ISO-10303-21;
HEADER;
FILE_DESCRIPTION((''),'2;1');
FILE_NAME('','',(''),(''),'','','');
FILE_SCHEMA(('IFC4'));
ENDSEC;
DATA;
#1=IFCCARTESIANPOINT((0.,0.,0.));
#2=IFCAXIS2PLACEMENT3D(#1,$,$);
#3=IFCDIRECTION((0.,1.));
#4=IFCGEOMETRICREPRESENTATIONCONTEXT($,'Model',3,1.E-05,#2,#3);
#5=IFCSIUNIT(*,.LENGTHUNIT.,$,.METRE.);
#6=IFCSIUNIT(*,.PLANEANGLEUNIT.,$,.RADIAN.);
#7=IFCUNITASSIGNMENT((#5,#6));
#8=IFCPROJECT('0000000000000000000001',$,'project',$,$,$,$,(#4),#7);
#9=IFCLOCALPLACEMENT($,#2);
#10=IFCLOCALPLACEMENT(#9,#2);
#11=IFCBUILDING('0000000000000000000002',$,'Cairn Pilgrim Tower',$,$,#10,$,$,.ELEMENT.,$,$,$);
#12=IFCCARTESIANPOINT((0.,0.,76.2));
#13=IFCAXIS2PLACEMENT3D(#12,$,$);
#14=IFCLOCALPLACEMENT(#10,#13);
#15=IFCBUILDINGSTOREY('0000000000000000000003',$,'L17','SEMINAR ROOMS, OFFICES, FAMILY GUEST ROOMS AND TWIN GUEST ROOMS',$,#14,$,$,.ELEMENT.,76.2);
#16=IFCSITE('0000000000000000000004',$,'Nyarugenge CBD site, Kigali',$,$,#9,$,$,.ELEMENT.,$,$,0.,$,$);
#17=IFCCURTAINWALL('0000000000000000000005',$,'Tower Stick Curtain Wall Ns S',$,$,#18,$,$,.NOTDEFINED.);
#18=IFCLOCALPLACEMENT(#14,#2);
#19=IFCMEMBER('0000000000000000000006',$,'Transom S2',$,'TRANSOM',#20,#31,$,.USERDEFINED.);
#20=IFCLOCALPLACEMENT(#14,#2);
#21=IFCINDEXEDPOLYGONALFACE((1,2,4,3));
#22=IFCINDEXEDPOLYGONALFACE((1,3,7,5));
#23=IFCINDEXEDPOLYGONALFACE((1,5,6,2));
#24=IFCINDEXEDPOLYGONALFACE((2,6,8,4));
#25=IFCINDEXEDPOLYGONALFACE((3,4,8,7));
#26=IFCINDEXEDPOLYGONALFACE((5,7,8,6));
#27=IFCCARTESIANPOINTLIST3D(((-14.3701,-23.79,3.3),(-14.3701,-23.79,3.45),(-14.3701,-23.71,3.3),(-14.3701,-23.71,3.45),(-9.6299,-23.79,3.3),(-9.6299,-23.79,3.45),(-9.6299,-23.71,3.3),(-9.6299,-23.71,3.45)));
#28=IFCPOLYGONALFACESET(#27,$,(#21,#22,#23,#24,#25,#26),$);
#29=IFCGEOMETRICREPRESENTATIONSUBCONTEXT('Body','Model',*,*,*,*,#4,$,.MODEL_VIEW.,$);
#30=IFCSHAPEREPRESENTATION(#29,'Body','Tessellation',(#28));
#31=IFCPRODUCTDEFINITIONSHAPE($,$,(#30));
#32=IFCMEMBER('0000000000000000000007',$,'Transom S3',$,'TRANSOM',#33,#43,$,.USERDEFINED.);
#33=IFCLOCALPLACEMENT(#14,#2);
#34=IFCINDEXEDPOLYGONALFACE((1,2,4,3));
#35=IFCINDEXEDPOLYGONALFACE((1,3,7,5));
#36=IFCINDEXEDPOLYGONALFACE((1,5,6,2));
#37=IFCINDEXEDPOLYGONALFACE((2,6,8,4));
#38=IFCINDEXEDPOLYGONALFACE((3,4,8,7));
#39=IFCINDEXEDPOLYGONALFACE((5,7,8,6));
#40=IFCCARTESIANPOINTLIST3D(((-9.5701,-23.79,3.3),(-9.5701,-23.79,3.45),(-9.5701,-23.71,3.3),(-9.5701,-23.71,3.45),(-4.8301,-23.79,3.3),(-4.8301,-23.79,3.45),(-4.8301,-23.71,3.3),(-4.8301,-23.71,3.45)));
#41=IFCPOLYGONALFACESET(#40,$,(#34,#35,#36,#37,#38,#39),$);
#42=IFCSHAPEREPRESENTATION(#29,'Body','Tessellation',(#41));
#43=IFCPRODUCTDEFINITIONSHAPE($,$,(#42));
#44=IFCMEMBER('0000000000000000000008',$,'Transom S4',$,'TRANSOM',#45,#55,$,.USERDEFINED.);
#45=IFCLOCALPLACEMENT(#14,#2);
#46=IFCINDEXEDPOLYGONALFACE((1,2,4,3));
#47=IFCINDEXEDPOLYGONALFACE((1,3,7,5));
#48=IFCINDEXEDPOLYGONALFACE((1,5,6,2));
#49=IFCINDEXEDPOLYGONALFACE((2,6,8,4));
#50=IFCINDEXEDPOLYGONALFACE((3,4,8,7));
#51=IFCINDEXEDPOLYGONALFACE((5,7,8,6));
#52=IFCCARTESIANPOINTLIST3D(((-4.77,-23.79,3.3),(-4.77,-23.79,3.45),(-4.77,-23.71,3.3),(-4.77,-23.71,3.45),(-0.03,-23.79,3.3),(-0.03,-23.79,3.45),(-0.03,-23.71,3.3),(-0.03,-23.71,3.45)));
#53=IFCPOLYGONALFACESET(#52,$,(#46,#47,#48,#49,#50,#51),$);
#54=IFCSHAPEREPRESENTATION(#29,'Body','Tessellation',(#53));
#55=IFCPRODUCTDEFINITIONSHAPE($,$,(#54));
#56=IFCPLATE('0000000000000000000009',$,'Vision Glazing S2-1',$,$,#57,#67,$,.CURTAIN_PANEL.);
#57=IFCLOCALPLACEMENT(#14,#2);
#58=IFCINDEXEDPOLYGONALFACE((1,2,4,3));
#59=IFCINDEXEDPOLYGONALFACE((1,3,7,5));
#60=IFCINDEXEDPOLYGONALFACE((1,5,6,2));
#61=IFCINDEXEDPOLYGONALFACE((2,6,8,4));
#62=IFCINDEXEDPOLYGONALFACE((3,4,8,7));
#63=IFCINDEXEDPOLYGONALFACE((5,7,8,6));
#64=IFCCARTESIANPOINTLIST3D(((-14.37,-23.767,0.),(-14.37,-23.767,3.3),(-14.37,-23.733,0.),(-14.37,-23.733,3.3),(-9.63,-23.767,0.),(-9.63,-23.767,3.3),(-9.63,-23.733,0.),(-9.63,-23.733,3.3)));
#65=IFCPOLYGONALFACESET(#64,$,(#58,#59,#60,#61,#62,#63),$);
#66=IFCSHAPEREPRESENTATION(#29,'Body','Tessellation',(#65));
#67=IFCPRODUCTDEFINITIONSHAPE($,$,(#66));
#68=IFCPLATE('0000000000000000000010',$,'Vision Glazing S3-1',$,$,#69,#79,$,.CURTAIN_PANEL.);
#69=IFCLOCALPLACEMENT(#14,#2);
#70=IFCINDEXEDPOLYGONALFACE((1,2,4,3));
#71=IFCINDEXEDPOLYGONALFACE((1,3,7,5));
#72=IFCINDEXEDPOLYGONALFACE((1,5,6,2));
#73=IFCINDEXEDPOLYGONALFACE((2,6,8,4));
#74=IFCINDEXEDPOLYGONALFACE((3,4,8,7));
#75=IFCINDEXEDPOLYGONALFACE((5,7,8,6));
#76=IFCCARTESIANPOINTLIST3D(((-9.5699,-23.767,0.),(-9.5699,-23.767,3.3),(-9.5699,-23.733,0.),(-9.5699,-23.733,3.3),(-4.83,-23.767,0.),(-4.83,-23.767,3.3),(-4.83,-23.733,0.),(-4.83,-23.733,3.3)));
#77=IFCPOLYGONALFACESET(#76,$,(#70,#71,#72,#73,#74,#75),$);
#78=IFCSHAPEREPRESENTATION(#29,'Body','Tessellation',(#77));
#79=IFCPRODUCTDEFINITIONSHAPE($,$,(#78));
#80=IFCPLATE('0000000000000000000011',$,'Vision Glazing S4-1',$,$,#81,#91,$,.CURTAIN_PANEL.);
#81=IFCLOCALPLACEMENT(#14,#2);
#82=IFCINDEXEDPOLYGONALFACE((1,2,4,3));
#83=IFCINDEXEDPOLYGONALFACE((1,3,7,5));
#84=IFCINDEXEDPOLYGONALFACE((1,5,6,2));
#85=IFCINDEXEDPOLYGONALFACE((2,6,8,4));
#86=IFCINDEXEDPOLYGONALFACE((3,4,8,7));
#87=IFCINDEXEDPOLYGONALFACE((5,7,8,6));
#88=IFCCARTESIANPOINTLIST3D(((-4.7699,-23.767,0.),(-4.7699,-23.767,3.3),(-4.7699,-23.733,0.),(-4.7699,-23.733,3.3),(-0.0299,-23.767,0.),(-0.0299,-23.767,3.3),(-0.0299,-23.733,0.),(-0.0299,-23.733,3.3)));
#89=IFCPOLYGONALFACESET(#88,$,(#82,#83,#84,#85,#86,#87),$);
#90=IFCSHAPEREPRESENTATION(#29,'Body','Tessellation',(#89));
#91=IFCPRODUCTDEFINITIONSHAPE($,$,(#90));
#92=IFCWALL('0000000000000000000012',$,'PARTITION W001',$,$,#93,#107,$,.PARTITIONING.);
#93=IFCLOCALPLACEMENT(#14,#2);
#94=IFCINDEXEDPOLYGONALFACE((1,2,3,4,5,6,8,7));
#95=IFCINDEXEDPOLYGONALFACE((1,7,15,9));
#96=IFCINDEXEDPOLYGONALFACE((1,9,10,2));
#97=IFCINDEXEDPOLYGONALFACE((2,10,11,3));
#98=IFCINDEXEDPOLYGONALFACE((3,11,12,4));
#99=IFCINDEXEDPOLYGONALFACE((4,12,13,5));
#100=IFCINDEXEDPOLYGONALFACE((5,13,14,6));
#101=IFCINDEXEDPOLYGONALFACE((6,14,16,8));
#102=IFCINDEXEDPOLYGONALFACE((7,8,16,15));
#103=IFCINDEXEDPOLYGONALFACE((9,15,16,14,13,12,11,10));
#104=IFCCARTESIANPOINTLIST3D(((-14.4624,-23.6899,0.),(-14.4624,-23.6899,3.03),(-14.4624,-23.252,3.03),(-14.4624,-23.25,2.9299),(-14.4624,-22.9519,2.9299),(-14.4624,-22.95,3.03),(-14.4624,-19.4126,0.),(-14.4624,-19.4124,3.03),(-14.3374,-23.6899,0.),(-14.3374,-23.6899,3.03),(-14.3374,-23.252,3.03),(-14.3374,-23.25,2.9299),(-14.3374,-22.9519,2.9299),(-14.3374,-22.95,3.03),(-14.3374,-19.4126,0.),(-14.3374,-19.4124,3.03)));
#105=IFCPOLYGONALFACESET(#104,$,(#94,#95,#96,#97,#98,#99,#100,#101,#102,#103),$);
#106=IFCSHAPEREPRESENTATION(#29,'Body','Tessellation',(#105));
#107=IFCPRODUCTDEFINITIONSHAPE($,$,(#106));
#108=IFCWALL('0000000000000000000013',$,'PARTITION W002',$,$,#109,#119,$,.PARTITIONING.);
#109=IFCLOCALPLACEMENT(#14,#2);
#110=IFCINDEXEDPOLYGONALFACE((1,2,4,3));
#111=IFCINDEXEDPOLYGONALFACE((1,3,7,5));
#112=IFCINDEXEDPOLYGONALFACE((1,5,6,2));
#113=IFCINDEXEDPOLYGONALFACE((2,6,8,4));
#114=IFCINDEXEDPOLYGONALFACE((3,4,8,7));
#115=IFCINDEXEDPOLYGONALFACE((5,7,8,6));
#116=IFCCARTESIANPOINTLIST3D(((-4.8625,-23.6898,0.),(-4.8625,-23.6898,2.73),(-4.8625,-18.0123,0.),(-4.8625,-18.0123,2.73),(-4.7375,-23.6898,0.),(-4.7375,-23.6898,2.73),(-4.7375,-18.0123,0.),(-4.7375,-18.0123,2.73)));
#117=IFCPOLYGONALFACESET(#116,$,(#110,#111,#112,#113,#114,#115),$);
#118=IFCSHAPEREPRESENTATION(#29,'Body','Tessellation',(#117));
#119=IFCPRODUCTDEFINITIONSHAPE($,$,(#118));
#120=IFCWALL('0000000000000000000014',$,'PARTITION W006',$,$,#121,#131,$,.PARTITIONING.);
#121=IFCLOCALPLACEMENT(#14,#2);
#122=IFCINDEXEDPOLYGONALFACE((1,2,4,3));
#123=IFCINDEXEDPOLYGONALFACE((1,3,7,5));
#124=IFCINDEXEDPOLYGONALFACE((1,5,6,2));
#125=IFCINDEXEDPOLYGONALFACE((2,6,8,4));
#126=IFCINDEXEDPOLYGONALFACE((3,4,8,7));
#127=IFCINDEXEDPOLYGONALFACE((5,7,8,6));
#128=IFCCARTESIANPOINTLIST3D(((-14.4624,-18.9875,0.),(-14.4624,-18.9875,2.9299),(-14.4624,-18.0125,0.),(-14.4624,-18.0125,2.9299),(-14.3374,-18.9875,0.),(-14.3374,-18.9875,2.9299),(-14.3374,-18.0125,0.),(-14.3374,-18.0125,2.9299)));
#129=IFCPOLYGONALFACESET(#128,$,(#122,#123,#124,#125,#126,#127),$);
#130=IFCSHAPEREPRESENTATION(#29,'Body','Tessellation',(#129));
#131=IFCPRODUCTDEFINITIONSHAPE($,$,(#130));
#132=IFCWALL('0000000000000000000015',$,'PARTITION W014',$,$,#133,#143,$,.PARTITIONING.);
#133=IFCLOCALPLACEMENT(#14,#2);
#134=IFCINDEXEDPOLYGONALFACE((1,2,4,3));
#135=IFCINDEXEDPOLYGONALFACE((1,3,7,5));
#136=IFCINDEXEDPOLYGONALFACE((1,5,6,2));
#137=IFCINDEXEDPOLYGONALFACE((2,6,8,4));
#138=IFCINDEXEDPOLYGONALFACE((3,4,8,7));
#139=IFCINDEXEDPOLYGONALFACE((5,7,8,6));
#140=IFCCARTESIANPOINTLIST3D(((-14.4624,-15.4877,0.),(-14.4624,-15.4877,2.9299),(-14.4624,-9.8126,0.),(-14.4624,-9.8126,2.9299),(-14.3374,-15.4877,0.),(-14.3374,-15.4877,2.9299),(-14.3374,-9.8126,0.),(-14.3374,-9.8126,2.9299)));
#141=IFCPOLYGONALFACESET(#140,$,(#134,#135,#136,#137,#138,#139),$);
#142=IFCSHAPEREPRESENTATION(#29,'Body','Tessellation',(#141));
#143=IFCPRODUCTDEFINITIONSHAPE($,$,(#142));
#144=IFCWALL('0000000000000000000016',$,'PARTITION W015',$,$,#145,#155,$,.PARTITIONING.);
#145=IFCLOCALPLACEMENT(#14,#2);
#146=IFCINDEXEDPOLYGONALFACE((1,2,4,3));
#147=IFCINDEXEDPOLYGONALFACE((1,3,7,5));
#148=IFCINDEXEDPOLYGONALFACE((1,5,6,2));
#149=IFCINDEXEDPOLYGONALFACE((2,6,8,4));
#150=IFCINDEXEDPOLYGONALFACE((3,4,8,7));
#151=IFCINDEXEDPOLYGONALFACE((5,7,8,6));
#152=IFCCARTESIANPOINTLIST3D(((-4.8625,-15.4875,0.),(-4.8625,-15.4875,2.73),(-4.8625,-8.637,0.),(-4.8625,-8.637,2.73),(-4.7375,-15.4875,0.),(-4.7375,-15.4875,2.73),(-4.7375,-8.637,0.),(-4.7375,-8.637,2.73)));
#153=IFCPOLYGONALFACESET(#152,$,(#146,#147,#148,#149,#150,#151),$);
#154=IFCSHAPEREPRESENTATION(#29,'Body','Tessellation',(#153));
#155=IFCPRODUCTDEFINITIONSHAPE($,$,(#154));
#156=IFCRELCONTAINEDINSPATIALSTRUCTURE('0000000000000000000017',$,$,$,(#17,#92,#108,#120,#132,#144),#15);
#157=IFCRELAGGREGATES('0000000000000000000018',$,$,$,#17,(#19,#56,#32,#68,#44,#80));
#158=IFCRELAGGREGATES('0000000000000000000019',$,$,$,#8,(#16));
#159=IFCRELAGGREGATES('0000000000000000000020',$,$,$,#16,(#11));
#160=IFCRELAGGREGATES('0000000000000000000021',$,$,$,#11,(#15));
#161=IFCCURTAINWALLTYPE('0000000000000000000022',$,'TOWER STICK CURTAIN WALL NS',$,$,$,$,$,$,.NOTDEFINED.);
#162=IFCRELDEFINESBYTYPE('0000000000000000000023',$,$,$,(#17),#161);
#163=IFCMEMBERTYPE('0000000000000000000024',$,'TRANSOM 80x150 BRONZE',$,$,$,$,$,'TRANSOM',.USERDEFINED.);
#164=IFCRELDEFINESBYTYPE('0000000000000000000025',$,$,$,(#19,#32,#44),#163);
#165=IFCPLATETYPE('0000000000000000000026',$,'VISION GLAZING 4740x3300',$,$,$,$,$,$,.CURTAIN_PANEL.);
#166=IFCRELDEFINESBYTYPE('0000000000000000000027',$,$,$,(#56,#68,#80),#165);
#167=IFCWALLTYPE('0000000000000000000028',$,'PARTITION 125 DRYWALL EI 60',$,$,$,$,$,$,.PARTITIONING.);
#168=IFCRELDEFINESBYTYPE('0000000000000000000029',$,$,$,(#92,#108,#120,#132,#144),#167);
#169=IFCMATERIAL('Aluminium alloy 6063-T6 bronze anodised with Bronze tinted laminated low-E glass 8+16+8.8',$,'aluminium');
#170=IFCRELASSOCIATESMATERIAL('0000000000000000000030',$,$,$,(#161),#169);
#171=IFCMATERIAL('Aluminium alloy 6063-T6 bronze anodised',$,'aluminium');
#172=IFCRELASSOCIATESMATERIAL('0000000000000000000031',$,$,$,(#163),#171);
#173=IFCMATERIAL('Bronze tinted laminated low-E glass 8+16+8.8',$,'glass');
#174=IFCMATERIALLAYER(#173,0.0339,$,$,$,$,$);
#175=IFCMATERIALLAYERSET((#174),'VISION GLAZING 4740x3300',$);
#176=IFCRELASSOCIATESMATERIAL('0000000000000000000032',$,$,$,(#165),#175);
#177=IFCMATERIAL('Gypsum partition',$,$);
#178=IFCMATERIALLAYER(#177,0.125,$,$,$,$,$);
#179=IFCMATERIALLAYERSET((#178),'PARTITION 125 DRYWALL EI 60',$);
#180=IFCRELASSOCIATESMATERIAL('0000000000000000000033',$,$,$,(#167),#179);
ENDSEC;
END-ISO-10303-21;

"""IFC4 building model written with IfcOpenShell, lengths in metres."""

from ifc_helpers import new_model, si_unit, direction, frame, frame_2d, origin, origin_2d, place, context, subcontext, project, spatial, polyline, rectangle, outline, extrude, material, layer, layer_set, material_profile, profile_set, type_object, element, aggregate, save


model = new_model("IFC4")

# Units and contexts
model_context = context("Model", 3, precision=1e-05, world=origin(), true_north=direction((0.0, 1.0)))
body_context = subcontext(model_context, "Body", "Model", "MODEL_VIEW")
ifc_project = project(units=[si_unit("LENGTHUNIT", "METRE"), si_unit("PLANEANGLEUNIT", "RADIAN")], contexts=[model_context])

# Site, building, storey
site_placement = place(None, origin())
site = spatial("IfcSite", under=ifc_project, at=site_placement, Name="Nyarugenge CBD site, Kigali", CompositionType="ELEMENT", RefElevation=0.0)
building_placement = place(site_placement, origin())
building = spatial("IfcBuilding", under=site, at=building_placement, Name="Cairn Pilgrim Tower", CompositionType="ELEMENT")
storey_placement = place(building_placement, frame((0.0, 0.0, 76.2)))
storey = spatial("IfcBuildingStorey", under=building, at=storey_placement, Name="L17", Description="SEMINAR ROOMS, OFFICES, FAMILY GUEST ROOMS AND TWIN GUEST ROOMS", CompositionType="ELEMENT", Elevation=76.2)

# Curtain wall
ifc_material_1 = material(Name="Aluminium alloy 6063-T6 bronze anodised with Bronze tinted laminated low-E glass 8+16+8.8", Category="aluminium")
curtain_wall_type = type_object("IfcCurtainWallType", Name="TOWER STICK CURTAIN WALL NS", PredefinedType="NOTDEFINED", material=ifc_material_1)
curtain_wall_placement = place(storey_placement, origin())
curtain_wall = element("IfcCurtainWall", 1, at=curtain_wall_placement, inside=storey, type_object=curtain_wall_type, Name="Tower Stick Curtain Wall Ns S", PredefinedType="NOTDEFINED")
ifc_material_2 = material(Name="Aluminium alloy 6063-T6 bronze anodised", Category="aluminium")

# Members
ifc_material_profile_1 = material_profile(ifc_material_2, rectangle(XDim=0.0801, YDim=0.1499, at=origin_2d()), Name="TRANSOM 80x150 BRONZE")
ifc_profile_set_1 = profile_set([ifc_material_profile_1], Name="Aluminium alloy 6063-T6 bronze anodised")
member_type_1 = type_object("IfcMemberType", Name="TRANSOM 80x150 BRONZE", ElementType="TRANSOM", PredefinedType="USERDEFINED", material=ifc_profile_set_1)
member_1_placement = place(storey_placement, frame((-14.3701, -23.75, 3.375), z_axis=(1.0, 0.0, 0.0), x_axis=(0.0, 1.0, 0.0)))
member_1 = element("IfcMember", 2, at=member_1_placement, type_object=member_type_1, Name="Transom S2", ObjectType="TRANSOM", PredefinedType="USERDEFINED", context=body_context, shape_type="SweptSolid", body=[
    extrude(rectangle(XDim=0.0801, YDim=0.1499, at=origin_2d()), origin(), (0.0, 0.0, 1.0), 4.7402),
])
member_2_placement = place(storey_placement, frame((-9.5701, -23.75, 3.375), z_axis=(1.0, 0.0, 0.0), x_axis=(0.0, 1.0, 0.0)))
member_2 = element("IfcMember", 3, at=member_2_placement, type_object=member_type_1, Name="Transom S3", ObjectType="TRANSOM", PredefinedType="USERDEFINED", context=body_context, shape_type="SweptSolid", body=[
    extrude(rectangle(XDim=0.0801, YDim=0.1499, at=origin_2d()), origin(), (0.0, 0.0, 1.0), 4.74),
])
member_3_placement = place(storey_placement, frame((-4.77, -23.75, 3.375), z_axis=(1.0, 0.0, 0.0), x_axis=(0.0, 1.0, 0.0)))
member_3 = element("IfcMember", 4, at=member_3_placement, type_object=member_type_1, Name="Transom S4", ObjectType="TRANSOM", PredefinedType="USERDEFINED", context=body_context, shape_type="SweptSolid", body=[
    extrude(rectangle(XDim=0.0801, YDim=0.1499, at=origin_2d()), origin(), (0.0, 0.0, 1.0), 4.74),
])

# Plates
ifc_material_3 = material(Name="Bronze tinted laminated low-E glass 8+16+8.8", Category="glass")
ifc_layer_1 = layer(ifc_material_3, 0.0339)
ifc_layer_set_1 = layer_set([ifc_layer_1], Name="VISION GLAZING 4740x3300")
plate_type = type_object("IfcPlateType", Name="VISION GLAZING 4740x3300", PredefinedType="CURTAIN_PANEL", material=ifc_layer_set_1)
plate_1_placement = place(storey_placement, frame((-12.0, -23.75, 0.0), z_axis=(0.0, 0.0, 1.0), x_axis=(1.0, 0.0, 0.0)))
plate_1 = element("IfcPlate", 5, at=plate_1_placement, type_object=plate_type, Name="Vision Glazing S2-1", PredefinedType="CURTAIN_PANEL", context=body_context, shape_type="SweptSolid", body=[
    extrude(rectangle(XDim=4.74, YDim=0.0339, at=origin_2d()), origin(), (0.0, 0.0, 1.0), 3.3),
])
plate_2_placement = place(storey_placement, frame((-7.2, -23.75, 0.0), z_axis=(0.0, 0.0, 1.0), x_axis=(1.0, 0.0, 0.0)))
plate_2 = element("IfcPlate", 6, at=plate_2_placement, type_object=plate_type, Name="Vision Glazing S3-1", PredefinedType="CURTAIN_PANEL", context=body_context, shape_type="SweptSolid", body=[
    extrude(rectangle(XDim=4.74, YDim=0.0339, at=origin_2d()), origin(), (0.0, 0.0, 1.0), 3.3),
])
plate_3_placement = place(storey_placement, frame((-2.3999, -23.75, 0.0), z_axis=(0.0, 0.0, 1.0), x_axis=(1.0, 0.0, 0.0)))
plate_3 = element("IfcPlate", 7, at=plate_3_placement, type_object=plate_type, Name="Vision Glazing S4-1", PredefinedType="CURTAIN_PANEL", context=body_context, shape_type="SweptSolid", body=[
    extrude(rectangle(XDim=4.74, YDim=0.0339, at=origin_2d()), origin(), (0.0, 0.0, 1.0), 3.3),
])
aggregate(curtain_wall, [member_1, plate_1, member_2, plate_2, member_3, plate_3])

# Walls
ifc_material_4 = material(Name="Gypsum partition")
ifc_layer_2 = layer(ifc_material_4, 0.125)
ifc_layer_set_2 = layer_set([ifc_layer_2], Name="PARTITION 125 DRYWALL EI 60")
wall_type = type_object("IfcWallType", Name="PARTITION 125 DRYWALL EI 60", PredefinedType="PARTITIONING", material=ifc_layer_set_2)
wall_1_placement = place(storey_placement, frame((-14.3999, -23.6899, 0.0), z_axis=(0.0, 0.0, 1.0), x_axis=(0.0, 1.0, 0.0)))
element("IfcWall", 8, at=wall_1_placement, inside=storey, type_object=wall_type, Name="PARTITION W001", PredefinedType="PARTITIONING", context=body_context, shape_type="SweptSolid", body=[
    extrude(outline(polyline([(0.0, 0.0), (4.2773, 0.0), (4.2776, 3.03), (0.74, 3.03), (0.738, 2.9299), (0.4399, 2.9299), (0.438, 3.03), (0.0, 3.03), (0.0, 0.0)])), frame((0.0, 0.0625, 0.0), z_axis=(0.0, -1.0, 0.0), x_axis=(1.0, 0.0, 0.0)), (0.0, 0.0, 1.0), 0.125),
])
wall_2_placement = place(storey_placement, frame((-4.8, -23.6899, 0.0), z_axis=(0.0, 0.0, 1.0), x_axis=(0.0, 1.0, 0.0)))
element("IfcWall", 9, at=wall_2_placement, inside=storey, type_object=wall_type, Name="PARTITION W002", PredefinedType="PARTITIONING", context=body_context, shape_type="SweptSolid", body=[
    extrude(rectangle(XDim=5.6775, YDim=0.125, at=frame_2d((2.8389, 0.0))), origin(), (0.0, 0.0, 1.0), 2.73),
])
wall_3_placement = place(storey_placement, frame((-14.3999, -18.9875, 0.0), z_axis=(0.0, 0.0, 1.0), x_axis=(0.0, 1.0, 0.0)))
element("IfcWall", 10, at=wall_3_placement, inside=storey, type_object=wall_type, Name="PARTITION W006", PredefinedType="PARTITIONING", context=body_context, shape_type="SweptSolid", body=[
    extrude(rectangle(XDim=0.9751, YDim=0.125, at=frame_2d((0.4875, 0.0))), origin(), (0.0, 0.0, 1.0), 2.9299),
])
wall_4_placement = place(storey_placement, frame((-14.3999, -15.4875, 0.0), z_axis=(0.0, 0.0, 1.0), x_axis=(0.0, 1.0, 0.0)))
element("IfcWall", 11, at=wall_4_placement, inside=storey, type_object=wall_type, Name="PARTITION W014", PredefinedType="PARTITIONING", context=body_context, shape_type="SweptSolid", body=[
    extrude(rectangle(XDim=5.675, YDim=0.125, at=frame_2d((2.8374, 0.0))), origin(), (0.0, 0.0, 1.0), 2.9299),
])
wall_5_placement = place(storey_placement, frame((-4.8, -15.4875, 0.0), z_axis=(0.0, 0.0, 1.0), x_axis=(0.0, 1.0, 0.0)))
element("IfcWall", 12, at=wall_5_placement, inside=storey, type_object=wall_type, Name="PARTITION W015", PredefinedType="PARTITIONING", context=body_context, shape_type="SweptSolid", body=[
    extrude(rectangle(XDim=6.8506, YDim=0.125, at=frame_2d((3.4253, 0.0))), origin(), (0.0, 0.0, 1.0), 2.73),
])

save(model, "model.ifc")
